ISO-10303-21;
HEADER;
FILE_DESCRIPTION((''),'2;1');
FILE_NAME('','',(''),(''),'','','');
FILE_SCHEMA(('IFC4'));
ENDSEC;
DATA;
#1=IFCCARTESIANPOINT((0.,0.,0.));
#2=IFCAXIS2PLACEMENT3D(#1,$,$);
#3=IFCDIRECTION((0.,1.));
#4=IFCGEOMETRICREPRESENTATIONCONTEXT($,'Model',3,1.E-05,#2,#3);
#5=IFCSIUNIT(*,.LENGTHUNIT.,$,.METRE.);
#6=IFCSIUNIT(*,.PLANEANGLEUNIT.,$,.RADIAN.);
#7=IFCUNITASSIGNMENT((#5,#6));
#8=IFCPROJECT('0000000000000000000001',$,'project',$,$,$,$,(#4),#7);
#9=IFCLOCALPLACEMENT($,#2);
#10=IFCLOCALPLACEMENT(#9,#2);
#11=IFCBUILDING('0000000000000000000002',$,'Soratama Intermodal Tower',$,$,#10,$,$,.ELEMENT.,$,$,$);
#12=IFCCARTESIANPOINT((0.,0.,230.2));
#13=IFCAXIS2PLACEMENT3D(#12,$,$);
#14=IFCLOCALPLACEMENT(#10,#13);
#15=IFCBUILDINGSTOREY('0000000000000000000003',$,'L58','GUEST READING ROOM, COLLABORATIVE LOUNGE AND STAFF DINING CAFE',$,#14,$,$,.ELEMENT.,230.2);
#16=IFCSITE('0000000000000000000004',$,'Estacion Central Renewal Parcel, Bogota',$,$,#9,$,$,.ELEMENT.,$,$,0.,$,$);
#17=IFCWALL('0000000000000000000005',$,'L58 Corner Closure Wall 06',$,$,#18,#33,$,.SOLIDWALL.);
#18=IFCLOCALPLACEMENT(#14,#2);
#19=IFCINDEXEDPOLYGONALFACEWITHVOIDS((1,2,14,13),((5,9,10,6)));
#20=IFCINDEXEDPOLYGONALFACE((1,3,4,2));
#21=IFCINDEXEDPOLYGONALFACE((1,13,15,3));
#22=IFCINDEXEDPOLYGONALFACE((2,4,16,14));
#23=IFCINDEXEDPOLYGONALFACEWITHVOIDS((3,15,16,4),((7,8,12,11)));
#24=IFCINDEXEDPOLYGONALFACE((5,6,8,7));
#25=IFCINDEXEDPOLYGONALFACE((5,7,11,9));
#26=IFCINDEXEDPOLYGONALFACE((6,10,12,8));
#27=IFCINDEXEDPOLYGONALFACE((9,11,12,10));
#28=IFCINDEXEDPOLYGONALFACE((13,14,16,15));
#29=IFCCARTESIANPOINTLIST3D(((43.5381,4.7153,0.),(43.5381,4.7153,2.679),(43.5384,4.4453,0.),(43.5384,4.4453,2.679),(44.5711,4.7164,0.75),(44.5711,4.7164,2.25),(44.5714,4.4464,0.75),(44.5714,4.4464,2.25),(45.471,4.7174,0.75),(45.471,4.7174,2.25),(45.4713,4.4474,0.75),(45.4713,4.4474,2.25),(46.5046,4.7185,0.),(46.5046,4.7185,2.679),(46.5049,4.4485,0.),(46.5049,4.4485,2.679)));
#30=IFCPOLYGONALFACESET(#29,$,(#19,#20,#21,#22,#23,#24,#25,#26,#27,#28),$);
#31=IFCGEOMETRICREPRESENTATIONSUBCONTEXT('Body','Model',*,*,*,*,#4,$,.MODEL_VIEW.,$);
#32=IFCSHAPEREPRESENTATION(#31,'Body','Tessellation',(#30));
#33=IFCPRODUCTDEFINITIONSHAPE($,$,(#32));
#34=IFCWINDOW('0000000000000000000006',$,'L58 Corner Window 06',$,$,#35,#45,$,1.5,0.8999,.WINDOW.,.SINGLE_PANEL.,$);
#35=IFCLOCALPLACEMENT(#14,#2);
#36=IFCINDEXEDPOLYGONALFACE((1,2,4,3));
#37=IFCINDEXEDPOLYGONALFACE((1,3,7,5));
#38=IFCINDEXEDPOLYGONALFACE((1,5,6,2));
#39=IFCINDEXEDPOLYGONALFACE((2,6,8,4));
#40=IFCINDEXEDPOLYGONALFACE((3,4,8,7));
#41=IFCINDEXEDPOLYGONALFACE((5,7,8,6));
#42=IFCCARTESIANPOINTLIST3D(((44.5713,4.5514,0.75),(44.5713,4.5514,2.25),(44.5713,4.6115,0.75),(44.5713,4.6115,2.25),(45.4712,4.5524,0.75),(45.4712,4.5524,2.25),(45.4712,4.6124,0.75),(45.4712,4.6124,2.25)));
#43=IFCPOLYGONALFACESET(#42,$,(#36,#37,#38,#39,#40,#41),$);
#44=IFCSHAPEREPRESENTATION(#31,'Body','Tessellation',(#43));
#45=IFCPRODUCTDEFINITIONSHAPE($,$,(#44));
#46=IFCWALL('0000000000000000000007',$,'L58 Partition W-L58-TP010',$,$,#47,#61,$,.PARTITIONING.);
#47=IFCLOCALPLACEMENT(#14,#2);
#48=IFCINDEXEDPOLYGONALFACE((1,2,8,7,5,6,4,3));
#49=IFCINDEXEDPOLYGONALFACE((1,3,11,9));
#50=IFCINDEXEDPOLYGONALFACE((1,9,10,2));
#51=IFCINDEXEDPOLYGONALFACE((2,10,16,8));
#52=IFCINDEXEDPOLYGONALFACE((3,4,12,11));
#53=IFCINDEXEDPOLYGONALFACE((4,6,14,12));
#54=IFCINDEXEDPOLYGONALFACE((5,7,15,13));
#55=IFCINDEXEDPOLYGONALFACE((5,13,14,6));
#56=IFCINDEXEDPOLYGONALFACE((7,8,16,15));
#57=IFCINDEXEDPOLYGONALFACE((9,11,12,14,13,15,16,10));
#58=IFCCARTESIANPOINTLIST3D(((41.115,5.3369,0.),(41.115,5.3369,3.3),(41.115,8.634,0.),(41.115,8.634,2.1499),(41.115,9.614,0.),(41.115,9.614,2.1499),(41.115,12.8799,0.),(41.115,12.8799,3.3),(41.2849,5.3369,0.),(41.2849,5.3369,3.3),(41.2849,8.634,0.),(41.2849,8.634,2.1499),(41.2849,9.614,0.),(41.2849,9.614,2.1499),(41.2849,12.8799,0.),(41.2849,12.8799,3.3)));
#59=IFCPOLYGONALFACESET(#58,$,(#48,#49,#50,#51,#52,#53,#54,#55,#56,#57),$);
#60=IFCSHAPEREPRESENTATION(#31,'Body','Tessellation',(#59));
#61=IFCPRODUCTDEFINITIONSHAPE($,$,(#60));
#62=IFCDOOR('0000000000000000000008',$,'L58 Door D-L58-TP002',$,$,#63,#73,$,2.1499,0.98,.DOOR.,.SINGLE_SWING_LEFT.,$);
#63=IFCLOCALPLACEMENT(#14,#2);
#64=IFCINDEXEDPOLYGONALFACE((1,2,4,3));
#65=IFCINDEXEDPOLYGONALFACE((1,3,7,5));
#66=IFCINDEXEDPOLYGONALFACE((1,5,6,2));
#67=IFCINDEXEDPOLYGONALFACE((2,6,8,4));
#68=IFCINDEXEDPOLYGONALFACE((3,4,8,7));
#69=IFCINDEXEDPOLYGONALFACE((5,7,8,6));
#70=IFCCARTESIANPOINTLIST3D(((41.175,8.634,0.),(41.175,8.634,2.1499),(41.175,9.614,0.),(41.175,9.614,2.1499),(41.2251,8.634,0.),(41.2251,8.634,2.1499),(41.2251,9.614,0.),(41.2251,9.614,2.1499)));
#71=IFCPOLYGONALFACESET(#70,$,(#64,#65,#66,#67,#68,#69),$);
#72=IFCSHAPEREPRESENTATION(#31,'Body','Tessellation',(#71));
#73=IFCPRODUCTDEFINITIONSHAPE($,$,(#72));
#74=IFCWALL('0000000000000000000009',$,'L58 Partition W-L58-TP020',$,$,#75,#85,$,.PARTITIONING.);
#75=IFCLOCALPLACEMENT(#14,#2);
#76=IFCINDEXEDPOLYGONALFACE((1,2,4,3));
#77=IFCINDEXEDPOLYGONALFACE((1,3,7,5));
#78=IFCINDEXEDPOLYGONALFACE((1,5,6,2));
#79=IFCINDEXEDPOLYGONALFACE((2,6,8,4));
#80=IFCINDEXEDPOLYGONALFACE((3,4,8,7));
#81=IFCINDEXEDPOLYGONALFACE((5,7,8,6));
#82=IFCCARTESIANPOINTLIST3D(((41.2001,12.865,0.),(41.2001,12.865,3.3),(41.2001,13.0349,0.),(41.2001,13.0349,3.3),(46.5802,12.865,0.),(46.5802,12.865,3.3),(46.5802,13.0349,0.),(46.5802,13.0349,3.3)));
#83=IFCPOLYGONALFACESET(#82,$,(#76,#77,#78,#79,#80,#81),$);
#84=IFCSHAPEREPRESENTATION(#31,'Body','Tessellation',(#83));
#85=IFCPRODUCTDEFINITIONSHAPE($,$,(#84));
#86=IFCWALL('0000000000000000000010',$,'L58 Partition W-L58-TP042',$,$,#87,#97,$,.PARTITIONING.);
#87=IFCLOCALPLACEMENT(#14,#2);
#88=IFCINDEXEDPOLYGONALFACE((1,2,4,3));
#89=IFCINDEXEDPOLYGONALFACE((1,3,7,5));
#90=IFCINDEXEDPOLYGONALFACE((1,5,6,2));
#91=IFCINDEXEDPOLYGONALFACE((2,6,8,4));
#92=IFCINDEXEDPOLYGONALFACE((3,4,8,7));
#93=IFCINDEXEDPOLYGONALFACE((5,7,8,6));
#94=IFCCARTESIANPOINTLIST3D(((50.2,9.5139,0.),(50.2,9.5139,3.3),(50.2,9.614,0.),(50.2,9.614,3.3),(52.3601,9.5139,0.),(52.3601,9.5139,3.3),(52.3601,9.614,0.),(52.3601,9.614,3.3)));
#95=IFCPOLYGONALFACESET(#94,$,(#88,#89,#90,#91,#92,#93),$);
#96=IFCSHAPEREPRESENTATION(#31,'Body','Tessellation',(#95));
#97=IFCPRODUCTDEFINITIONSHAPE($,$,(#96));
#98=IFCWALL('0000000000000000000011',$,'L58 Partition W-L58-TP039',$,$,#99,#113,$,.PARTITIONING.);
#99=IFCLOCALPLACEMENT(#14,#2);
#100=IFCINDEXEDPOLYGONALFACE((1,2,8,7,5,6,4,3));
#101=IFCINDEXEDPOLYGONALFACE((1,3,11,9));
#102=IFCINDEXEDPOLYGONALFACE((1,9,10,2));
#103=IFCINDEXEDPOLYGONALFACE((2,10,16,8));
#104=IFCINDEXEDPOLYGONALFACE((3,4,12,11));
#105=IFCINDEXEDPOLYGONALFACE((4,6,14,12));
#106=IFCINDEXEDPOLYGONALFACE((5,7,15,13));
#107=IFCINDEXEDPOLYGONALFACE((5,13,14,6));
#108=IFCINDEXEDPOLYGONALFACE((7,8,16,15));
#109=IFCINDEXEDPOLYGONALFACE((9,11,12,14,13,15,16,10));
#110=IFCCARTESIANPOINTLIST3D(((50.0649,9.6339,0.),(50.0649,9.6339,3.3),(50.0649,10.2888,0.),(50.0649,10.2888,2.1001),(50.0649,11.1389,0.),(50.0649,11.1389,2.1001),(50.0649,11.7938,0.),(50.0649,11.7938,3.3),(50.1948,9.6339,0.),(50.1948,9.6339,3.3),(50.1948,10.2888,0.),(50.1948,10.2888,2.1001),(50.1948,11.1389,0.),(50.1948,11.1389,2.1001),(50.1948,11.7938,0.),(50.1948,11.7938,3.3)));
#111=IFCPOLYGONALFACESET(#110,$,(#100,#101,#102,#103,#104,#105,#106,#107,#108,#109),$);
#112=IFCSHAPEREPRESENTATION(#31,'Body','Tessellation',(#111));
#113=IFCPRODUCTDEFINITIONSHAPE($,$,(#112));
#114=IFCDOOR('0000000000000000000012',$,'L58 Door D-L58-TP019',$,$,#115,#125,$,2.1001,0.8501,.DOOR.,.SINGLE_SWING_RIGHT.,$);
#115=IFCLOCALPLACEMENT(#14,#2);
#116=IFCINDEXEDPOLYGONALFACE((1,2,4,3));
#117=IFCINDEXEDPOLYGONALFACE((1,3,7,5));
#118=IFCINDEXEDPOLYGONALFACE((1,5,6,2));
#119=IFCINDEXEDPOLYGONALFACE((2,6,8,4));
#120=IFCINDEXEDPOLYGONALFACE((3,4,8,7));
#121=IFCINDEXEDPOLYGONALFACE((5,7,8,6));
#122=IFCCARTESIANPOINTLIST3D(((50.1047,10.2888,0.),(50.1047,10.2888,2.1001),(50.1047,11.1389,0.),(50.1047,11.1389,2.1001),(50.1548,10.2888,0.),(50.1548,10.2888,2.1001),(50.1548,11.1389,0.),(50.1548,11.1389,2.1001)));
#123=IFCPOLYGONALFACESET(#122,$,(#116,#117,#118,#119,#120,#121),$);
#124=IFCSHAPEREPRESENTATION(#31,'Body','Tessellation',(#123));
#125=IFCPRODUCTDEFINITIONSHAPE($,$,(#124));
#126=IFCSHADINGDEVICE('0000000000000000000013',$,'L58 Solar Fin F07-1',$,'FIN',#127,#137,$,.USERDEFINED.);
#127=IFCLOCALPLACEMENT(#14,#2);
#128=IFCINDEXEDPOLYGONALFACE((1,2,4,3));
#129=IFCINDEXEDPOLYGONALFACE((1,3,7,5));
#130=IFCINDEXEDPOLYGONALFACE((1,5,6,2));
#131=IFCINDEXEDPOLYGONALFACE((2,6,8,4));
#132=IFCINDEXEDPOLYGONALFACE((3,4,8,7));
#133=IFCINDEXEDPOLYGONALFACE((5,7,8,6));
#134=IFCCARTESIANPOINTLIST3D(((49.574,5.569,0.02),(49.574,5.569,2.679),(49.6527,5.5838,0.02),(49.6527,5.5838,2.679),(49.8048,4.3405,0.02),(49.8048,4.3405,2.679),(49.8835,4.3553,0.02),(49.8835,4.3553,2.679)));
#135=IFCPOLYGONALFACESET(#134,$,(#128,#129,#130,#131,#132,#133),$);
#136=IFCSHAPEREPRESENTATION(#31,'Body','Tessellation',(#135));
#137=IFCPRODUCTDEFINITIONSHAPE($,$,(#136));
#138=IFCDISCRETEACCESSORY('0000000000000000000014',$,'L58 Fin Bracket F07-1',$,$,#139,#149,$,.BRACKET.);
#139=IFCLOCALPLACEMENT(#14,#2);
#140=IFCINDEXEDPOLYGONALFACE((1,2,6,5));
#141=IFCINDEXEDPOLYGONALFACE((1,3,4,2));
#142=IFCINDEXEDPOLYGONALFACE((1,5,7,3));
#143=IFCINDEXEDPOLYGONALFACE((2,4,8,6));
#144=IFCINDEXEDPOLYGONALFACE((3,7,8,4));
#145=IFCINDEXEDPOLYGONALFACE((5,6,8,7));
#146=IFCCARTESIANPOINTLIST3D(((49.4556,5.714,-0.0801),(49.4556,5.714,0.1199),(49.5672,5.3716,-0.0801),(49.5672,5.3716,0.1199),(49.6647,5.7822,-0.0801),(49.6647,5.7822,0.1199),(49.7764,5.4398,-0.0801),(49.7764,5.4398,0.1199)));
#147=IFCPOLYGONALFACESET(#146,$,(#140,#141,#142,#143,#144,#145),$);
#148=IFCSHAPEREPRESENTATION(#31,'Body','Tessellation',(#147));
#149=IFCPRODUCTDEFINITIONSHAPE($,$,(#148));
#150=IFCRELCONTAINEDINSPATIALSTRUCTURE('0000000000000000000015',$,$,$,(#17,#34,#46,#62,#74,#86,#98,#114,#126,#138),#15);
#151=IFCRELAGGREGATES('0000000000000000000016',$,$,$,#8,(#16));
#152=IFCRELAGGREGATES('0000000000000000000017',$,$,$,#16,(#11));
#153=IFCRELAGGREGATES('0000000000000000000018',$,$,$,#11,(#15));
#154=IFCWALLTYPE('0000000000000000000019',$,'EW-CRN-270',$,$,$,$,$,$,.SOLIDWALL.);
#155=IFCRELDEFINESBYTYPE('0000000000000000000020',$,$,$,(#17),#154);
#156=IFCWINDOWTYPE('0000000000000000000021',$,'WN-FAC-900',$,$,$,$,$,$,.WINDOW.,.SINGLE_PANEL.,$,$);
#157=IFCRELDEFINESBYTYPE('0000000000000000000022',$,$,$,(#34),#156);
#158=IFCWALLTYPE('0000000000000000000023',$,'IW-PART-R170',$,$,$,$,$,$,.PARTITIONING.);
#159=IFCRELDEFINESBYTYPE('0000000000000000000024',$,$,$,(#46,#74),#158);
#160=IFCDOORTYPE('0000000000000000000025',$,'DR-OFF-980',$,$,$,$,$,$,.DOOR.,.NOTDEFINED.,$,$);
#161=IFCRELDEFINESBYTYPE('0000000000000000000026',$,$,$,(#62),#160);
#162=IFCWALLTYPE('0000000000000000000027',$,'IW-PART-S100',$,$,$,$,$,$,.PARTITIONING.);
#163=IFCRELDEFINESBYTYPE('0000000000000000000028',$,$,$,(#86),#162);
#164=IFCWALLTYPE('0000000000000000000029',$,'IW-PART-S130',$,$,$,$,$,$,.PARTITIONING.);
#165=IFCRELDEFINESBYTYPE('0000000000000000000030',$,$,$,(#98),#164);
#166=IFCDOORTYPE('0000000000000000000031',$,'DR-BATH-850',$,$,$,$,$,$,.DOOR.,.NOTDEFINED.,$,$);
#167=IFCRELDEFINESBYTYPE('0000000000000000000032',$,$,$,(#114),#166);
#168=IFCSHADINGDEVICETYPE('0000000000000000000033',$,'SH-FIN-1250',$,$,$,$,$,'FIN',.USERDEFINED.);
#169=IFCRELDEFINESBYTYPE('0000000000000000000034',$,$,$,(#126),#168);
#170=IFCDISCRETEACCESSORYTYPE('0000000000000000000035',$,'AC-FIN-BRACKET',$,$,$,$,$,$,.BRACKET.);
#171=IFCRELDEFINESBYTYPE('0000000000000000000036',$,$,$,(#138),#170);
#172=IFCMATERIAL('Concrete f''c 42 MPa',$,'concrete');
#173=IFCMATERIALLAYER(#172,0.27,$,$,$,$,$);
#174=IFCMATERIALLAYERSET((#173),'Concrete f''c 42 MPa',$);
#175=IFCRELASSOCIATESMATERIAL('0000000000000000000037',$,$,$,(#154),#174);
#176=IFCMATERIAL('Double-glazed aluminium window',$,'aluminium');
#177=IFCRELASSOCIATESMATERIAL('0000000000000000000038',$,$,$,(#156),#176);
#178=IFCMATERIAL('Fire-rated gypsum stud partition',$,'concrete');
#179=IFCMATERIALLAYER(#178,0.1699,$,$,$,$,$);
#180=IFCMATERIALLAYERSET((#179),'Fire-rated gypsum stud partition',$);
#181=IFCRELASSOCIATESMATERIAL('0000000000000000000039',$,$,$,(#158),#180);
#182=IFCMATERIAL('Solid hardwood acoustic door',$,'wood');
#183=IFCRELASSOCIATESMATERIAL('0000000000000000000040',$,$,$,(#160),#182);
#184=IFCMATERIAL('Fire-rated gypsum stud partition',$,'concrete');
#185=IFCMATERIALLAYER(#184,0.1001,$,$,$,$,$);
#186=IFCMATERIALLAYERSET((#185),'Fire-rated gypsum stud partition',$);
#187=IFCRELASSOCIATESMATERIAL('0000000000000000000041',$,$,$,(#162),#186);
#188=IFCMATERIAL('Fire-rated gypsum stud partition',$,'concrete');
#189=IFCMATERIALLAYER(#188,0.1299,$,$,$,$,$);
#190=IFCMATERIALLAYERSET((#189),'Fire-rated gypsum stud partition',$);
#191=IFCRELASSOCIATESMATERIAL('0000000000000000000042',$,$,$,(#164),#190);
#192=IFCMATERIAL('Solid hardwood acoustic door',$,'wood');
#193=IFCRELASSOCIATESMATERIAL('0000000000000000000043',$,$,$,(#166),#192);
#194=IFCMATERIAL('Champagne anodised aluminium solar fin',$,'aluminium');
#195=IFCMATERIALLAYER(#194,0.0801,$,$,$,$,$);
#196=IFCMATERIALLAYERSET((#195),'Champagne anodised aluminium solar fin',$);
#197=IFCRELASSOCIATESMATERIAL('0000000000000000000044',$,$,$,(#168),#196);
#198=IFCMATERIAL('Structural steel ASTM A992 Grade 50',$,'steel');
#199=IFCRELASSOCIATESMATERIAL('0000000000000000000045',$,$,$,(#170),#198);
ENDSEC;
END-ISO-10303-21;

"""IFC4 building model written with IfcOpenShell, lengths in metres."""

from ifc_helpers import new_model, si_unit, direction, frame, frame_2d, origin, origin_2d, place, context, subcontext, project, spatial, rectangle, extrude, material, layer, layer_set, type_object, element, fill, save


model = new_model("IFC4")

# Units and contexts
model_context = context("Model", 3, precision=1e-05, world=origin(), true_north=direction((0.0, 1.0)))
body_context = subcontext(model_context, "Body", "Model", "MODEL_VIEW")
ifc_project = project(units=[si_unit("LENGTHUNIT", "METRE"), si_unit("PLANEANGLEUNIT", "RADIAN")], contexts=[model_context])

# Site, building, storey
site_placement = place(None, origin())
site = spatial("IfcSite", under=ifc_project, at=site_placement, Name="Estacion Central Renewal Parcel, Bogota", CompositionType="ELEMENT", RefElevation=0.0)
building_placement = place(site_placement, origin())
building = spatial("IfcBuilding", under=site, at=building_placement, Name="Soratama Intermodal Tower", CompositionType="ELEMENT")
storey_placement = place(building_placement, frame((0.0, 0.0, 230.2)))
storey = spatial("IfcBuildingStorey", under=building, at=storey_placement, Name="L58", Description="GUEST READING ROOM, COLLABORATIVE LOUNGE AND STAFF DINING CAFE", CompositionType="ELEMENT", Elevation=230.2)

# Wall, opening, window
ifc_material_1 = material(Name="Concrete f'c 42 MPa", Category="concrete")
ifc_layer_1 = layer(ifc_material_1, 0.27)
ifc_layer_set_1 = layer_set([ifc_layer_1], Name="Concrete f'c 42 MPa")
wall_type_1 = type_object("IfcWallType", Name="EW-CRN-270", PredefinedType="SOLIDWALL", material=ifc_layer_set_1)
wall_1_placement = place(storey_placement, frame((43.5381, 4.5803, 0.0), z_axis=(0.0, 0.0, 1.0), x_axis=(0.999999, 0.00107, 0.0)))
wall_1 = element("IfcWall", 1, at=wall_1_placement, inside=storey, type_object=wall_type_1, Name="L58 Corner Closure Wall 06", PredefinedType="SOLIDWALL", context=body_context, shape_type="SweptSolid", body=[
    extrude(rectangle(XDim=2.9666, YDim=0.27, at=frame_2d((1.4834, 0.0))), origin(), (0.0, 0.0, 1.0), 2.679),
])
opening_1_placement = place(wall_1_placement, frame((1.0332, 0.0, 0.75)))
opening_1 = element("IfcOpeningElement", 2, at=opening_1_placement, cuts=wall_1, PredefinedType="OPENING", context=body_context, shape_type="SweptSolid", body=[
    extrude(rectangle(XDim=0.8999, YDim=1.5, at=frame_2d((0.45, 0.75))), frame((0.0, 0.145, 0.0), z_axis=(0.0, -1.0, 0.0), x_axis=(1.0, 0.0, 0.0)), (0.0, 0.0, 1.0), 0.29),
])
ifc_material_2 = material(Name="Double-glazed aluminium window", Category="aluminium")
window_type = type_object("IfcWindowType", Name="WN-FAC-900", PartitioningType="SINGLE_PANEL", PredefinedType="WINDOW", material=ifc_material_2)
window_placement = place(opening_1_placement, origin())
window = element("IfcWindow", 3, at=window_placement, inside=storey, type_object=window_type, Name="L58 Corner Window 06", OverallHeight=1.5, OverallWidth=0.8999, PartitioningType="SINGLE_PANEL", PredefinedType="WINDOW", context=body_context, shape_type="SweptSolid", body=[
    extrude(rectangle(XDim=0.8999, YDim=1.5, at=frame_2d((0.45, 0.75))), frame((0.0, 0.03, 0.0), z_axis=(0.0, -1.0, 0.0), x_axis=(1.0, 0.0, 0.0)), (0.0, 0.0, 1.0), 0.0601),
])
fill(opening_1, window)

# Wall, opening, door
ifc_material_3 = material(Name="Fire-rated gypsum stud partition", Category="concrete")
ifc_layer_2 = layer(ifc_material_3, 0.1699)
ifc_layer_set_2 = layer_set([ifc_layer_2], Name="Fire-rated gypsum stud partition")
wall_type_2 = type_object("IfcWallType", Name="IW-PART-R170", PredefinedType="PARTITIONING", material=ifc_layer_set_2)
wall_2_placement = place(storey_placement, frame((41.2, 5.3369, 0.0), z_axis=(0.0, 0.0, 1.0), x_axis=(0.0, 1.0, 0.0)))
wall_2 = element("IfcWall", 4, at=wall_2_placement, inside=storey, type_object=wall_type_2, Name="L58 Partition W-L58-TP010", PredefinedType="PARTITIONING", context=body_context, shape_type="SweptSolid", body=[
    extrude(rectangle(XDim=7.543, YDim=0.1699, at=frame_2d((3.7715, 0.0))), origin(), (0.0, 0.0, 1.0), 3.3),
])
opening_2_placement = place(wall_2_placement, frame((3.2971, 0.0, 0.0)))
opening_2 = element("IfcOpeningElement", 5, at=opening_2_placement, cuts=wall_2, PredefinedType="OPENING", context=body_context, shape_type="SweptSolid", body=[
    extrude(rectangle(XDim=0.98, YDim=2.1499, at=frame_2d((0.49, 1.075))), frame((0.0, 0.095, 0.0), z_axis=(0.0, -1.0, 0.0), x_axis=(1.0, 0.0, 0.0)), (0.0, 0.0, 1.0), 0.1899),
])
ifc_material_4 = material(Name="Solid hardwood acoustic door", Category="wood")
door_type_1 = type_object("IfcDoorType", Name="DR-OFF-980", OperationType="NOTDEFINED", PredefinedType="DOOR", material=ifc_material_4)
door_1_placement = place(opening_2_placement, origin())
door_1 = element("IfcDoor", 6, at=door_1_placement, inside=storey, type_object=door_type_1, Name="L58 Door D-L58-TP002", OperationType="SINGLE_SWING_LEFT", OverallHeight=2.1499, OverallWidth=0.98, PredefinedType="DOOR", context=body_context, shape_type="SweptSolid", body=[
    extrude(rectangle(XDim=0.98, YDim=2.1499, at=frame_2d((0.49, 1.075))), frame((0.0, 0.0249, 0.0), z_axis=(0.0, -1.0, 0.0), x_axis=(1.0, 0.0, 0.0)), (0.0, 0.0, 1.0), 0.05),
])
fill(opening_2, door_1)

# Walls
wall_3_placement = place(storey_placement, frame((46.5801, 12.95, 0.0), z_axis=(0.0, 0.0, 1.0), x_axis=(-1.0, 0.0, 0.0)))
element("IfcWall", 7, at=wall_3_placement, inside=storey, type_object=wall_type_2, Name="L58 Partition W-L58-TP020", PredefinedType="PARTITIONING", context=body_context, shape_type="SweptSolid", body=[
    extrude(rectangle(XDim=5.3801, YDim=0.1699, at=frame_2d((2.6899, 0.0))), origin(), (0.0, 0.0, 1.0), 3.3),
])
ifc_material_5 = material(Name="Fire-rated gypsum stud partition", Category="concrete")
ifc_layer_3 = layer(ifc_material_5, 0.1001)
ifc_layer_set_3 = layer_set([ifc_layer_3], Name="Fire-rated gypsum stud partition")
wall_type_3 = type_object("IfcWallType", Name="IW-PART-S100", PredefinedType="PARTITIONING", material=ifc_layer_set_3)
wall_4_placement = place(storey_placement, frame((50.2, 9.564, 0.0), z_axis=(0.0, 0.0, 1.0), x_axis=(1.0, 0.0, 0.0)))
element("IfcWall", 8, at=wall_4_placement, inside=storey, type_object=wall_type_3, Name="L58 Partition W-L58-TP042", PredefinedType="PARTITIONING", context=body_context, shape_type="SweptSolid", body=[
    extrude(rectangle(XDim=2.1602, YDim=0.1001, at=frame_2d((1.0801, 0.0))), origin(), (0.0, 0.0, 1.0), 3.3),
])

# Wall, opening, door
ifc_material_6 = material(Name="Fire-rated gypsum stud partition", Category="concrete")
ifc_layer_4 = layer(ifc_material_6, 0.1299)
ifc_layer_set_4 = layer_set([ifc_layer_4], Name="Fire-rated gypsum stud partition")
wall_type_4 = type_object("IfcWallType", Name="IW-PART-S130", PredefinedType="PARTITIONING", material=ifc_layer_set_4)
wall_5_placement = place(storey_placement, frame((50.1299, 11.7939, 0.0), z_axis=(0.0, 0.0, 1.0), x_axis=(0.0, -1.0, 0.0)))
wall_5 = element("IfcWall", 9, at=wall_5_placement, inside=storey, type_object=wall_type_4, Name="L58 Partition W-L58-TP039", PredefinedType="PARTITIONING", context=body_context, shape_type="SweptSolid", body=[
    extrude(rectangle(XDim=2.1599, YDim=0.1299, at=frame_2d((1.0801, 0.0))), origin(), (0.0, 0.0, 1.0), 3.3),
])
opening_3_placement = place(wall_5_placement, frame((0.655, 0.0, 0.0)))
opening_3 = element("IfcOpeningElement", 10, at=opening_3_placement, cuts=wall_5, PredefinedType="OPENING", context=body_context, shape_type="SweptSolid", body=[
    extrude(rectangle(XDim=0.8501, YDim=2.1001, at=frame_2d((0.425, 1.05))), frame((0.0, 0.075, 0.0), z_axis=(0.0, -1.0, 0.0), x_axis=(1.0, 0.0, 0.0)), (0.0, 0.0, 1.0), 0.1499),
])
ifc_material_7 = material(Name="Solid hardwood acoustic door", Category="wood")
door_type_2 = type_object("IfcDoorType", Name="DR-BATH-850", OperationType="NOTDEFINED", PredefinedType="DOOR", material=ifc_material_7)
door_2_placement = place(opening_3_placement, origin())
door_2 = element("IfcDoor", 11, at=door_2_placement, inside=storey, type_object=door_type_2, Name="L58 Door D-L58-TP019", OperationType="SINGLE_SWING_RIGHT", OverallHeight=2.1001, OverallWidth=0.8501, PredefinedType="DOOR", context=body_context, shape_type="SweptSolid", body=[
    extrude(rectangle(XDim=0.8501, YDim=2.1001, at=frame_2d((0.425, 1.05))), frame((0.0, 0.0249, 0.0), z_axis=(0.0, -1.0, 0.0), x_axis=(1.0, 0.0, 0.0)), (0.0, 0.0, 1.0), 0.05),
])
fill(opening_3, door_2)

# Shading device
ifc_material_8 = material(Name="Champagne anodised aluminium solar fin", Category="aluminium")
ifc_layer_5 = layer(ifc_material_8, 0.0801)
ifc_layer_set_5 = layer_set([ifc_layer_5], Name="Champagne anodised aluminium solar fin")
shading_device_type = type_object("IfcShadingDeviceType", Name="SH-FIN-1250", ElementType="FIN", PredefinedType="USERDEFINED", material=ifc_layer_set_5)
shading_device_placement = place(storey_placement, frame((49.7288, 4.9622, 0.02), z_axis=(0.0, 0.0, 1.0), x_axis=(0.184638, -0.982807, 0.0)))
element("IfcShadingDevice", 12, at=shading_device_placement, inside=storey, type_object=shading_device_type, Name="L58 Solar Fin F07-1", ObjectType="FIN", PredefinedType="USERDEFINED", context=body_context, shape_type="SweptSolid", body=[
    extrude(rectangle(XDim=1.25, YDim=0.0801, at=origin_2d()), origin(), (0.0, 0.0, 1.0), 2.6589),
])

# Discrete accessory
ifc_material_9 = material(Name="Structural steel ASTM A992 Grade 50", Category="steel")
discrete_accessory_type = type_object("IfcDiscreteAccessoryType", Name="AC-FIN-BRACKET", PredefinedType="BRACKET", material=ifc_material_9)
discrete_accessory_placement = place(storey_placement, frame((49.616, 5.5769, -0.0801), z_axis=(0.0, 0.0, 1.0), x_axis=(0.310013, -0.950732, 0.0)))
element("IfcDiscreteAccessory", 13, at=discrete_accessory_placement, inside=storey, type_object=discrete_accessory_type, Name="L58 Fin Bracket F07-1", PredefinedType="BRACKET", context=body_context, shape_type="SweptSolid", body=[
    extrude(rectangle(XDim=0.3601, YDim=0.22, at=origin_2d()), origin(), (0.0, 0.0, 1.0), 0.2),
])

save(model, "model.ifc")
